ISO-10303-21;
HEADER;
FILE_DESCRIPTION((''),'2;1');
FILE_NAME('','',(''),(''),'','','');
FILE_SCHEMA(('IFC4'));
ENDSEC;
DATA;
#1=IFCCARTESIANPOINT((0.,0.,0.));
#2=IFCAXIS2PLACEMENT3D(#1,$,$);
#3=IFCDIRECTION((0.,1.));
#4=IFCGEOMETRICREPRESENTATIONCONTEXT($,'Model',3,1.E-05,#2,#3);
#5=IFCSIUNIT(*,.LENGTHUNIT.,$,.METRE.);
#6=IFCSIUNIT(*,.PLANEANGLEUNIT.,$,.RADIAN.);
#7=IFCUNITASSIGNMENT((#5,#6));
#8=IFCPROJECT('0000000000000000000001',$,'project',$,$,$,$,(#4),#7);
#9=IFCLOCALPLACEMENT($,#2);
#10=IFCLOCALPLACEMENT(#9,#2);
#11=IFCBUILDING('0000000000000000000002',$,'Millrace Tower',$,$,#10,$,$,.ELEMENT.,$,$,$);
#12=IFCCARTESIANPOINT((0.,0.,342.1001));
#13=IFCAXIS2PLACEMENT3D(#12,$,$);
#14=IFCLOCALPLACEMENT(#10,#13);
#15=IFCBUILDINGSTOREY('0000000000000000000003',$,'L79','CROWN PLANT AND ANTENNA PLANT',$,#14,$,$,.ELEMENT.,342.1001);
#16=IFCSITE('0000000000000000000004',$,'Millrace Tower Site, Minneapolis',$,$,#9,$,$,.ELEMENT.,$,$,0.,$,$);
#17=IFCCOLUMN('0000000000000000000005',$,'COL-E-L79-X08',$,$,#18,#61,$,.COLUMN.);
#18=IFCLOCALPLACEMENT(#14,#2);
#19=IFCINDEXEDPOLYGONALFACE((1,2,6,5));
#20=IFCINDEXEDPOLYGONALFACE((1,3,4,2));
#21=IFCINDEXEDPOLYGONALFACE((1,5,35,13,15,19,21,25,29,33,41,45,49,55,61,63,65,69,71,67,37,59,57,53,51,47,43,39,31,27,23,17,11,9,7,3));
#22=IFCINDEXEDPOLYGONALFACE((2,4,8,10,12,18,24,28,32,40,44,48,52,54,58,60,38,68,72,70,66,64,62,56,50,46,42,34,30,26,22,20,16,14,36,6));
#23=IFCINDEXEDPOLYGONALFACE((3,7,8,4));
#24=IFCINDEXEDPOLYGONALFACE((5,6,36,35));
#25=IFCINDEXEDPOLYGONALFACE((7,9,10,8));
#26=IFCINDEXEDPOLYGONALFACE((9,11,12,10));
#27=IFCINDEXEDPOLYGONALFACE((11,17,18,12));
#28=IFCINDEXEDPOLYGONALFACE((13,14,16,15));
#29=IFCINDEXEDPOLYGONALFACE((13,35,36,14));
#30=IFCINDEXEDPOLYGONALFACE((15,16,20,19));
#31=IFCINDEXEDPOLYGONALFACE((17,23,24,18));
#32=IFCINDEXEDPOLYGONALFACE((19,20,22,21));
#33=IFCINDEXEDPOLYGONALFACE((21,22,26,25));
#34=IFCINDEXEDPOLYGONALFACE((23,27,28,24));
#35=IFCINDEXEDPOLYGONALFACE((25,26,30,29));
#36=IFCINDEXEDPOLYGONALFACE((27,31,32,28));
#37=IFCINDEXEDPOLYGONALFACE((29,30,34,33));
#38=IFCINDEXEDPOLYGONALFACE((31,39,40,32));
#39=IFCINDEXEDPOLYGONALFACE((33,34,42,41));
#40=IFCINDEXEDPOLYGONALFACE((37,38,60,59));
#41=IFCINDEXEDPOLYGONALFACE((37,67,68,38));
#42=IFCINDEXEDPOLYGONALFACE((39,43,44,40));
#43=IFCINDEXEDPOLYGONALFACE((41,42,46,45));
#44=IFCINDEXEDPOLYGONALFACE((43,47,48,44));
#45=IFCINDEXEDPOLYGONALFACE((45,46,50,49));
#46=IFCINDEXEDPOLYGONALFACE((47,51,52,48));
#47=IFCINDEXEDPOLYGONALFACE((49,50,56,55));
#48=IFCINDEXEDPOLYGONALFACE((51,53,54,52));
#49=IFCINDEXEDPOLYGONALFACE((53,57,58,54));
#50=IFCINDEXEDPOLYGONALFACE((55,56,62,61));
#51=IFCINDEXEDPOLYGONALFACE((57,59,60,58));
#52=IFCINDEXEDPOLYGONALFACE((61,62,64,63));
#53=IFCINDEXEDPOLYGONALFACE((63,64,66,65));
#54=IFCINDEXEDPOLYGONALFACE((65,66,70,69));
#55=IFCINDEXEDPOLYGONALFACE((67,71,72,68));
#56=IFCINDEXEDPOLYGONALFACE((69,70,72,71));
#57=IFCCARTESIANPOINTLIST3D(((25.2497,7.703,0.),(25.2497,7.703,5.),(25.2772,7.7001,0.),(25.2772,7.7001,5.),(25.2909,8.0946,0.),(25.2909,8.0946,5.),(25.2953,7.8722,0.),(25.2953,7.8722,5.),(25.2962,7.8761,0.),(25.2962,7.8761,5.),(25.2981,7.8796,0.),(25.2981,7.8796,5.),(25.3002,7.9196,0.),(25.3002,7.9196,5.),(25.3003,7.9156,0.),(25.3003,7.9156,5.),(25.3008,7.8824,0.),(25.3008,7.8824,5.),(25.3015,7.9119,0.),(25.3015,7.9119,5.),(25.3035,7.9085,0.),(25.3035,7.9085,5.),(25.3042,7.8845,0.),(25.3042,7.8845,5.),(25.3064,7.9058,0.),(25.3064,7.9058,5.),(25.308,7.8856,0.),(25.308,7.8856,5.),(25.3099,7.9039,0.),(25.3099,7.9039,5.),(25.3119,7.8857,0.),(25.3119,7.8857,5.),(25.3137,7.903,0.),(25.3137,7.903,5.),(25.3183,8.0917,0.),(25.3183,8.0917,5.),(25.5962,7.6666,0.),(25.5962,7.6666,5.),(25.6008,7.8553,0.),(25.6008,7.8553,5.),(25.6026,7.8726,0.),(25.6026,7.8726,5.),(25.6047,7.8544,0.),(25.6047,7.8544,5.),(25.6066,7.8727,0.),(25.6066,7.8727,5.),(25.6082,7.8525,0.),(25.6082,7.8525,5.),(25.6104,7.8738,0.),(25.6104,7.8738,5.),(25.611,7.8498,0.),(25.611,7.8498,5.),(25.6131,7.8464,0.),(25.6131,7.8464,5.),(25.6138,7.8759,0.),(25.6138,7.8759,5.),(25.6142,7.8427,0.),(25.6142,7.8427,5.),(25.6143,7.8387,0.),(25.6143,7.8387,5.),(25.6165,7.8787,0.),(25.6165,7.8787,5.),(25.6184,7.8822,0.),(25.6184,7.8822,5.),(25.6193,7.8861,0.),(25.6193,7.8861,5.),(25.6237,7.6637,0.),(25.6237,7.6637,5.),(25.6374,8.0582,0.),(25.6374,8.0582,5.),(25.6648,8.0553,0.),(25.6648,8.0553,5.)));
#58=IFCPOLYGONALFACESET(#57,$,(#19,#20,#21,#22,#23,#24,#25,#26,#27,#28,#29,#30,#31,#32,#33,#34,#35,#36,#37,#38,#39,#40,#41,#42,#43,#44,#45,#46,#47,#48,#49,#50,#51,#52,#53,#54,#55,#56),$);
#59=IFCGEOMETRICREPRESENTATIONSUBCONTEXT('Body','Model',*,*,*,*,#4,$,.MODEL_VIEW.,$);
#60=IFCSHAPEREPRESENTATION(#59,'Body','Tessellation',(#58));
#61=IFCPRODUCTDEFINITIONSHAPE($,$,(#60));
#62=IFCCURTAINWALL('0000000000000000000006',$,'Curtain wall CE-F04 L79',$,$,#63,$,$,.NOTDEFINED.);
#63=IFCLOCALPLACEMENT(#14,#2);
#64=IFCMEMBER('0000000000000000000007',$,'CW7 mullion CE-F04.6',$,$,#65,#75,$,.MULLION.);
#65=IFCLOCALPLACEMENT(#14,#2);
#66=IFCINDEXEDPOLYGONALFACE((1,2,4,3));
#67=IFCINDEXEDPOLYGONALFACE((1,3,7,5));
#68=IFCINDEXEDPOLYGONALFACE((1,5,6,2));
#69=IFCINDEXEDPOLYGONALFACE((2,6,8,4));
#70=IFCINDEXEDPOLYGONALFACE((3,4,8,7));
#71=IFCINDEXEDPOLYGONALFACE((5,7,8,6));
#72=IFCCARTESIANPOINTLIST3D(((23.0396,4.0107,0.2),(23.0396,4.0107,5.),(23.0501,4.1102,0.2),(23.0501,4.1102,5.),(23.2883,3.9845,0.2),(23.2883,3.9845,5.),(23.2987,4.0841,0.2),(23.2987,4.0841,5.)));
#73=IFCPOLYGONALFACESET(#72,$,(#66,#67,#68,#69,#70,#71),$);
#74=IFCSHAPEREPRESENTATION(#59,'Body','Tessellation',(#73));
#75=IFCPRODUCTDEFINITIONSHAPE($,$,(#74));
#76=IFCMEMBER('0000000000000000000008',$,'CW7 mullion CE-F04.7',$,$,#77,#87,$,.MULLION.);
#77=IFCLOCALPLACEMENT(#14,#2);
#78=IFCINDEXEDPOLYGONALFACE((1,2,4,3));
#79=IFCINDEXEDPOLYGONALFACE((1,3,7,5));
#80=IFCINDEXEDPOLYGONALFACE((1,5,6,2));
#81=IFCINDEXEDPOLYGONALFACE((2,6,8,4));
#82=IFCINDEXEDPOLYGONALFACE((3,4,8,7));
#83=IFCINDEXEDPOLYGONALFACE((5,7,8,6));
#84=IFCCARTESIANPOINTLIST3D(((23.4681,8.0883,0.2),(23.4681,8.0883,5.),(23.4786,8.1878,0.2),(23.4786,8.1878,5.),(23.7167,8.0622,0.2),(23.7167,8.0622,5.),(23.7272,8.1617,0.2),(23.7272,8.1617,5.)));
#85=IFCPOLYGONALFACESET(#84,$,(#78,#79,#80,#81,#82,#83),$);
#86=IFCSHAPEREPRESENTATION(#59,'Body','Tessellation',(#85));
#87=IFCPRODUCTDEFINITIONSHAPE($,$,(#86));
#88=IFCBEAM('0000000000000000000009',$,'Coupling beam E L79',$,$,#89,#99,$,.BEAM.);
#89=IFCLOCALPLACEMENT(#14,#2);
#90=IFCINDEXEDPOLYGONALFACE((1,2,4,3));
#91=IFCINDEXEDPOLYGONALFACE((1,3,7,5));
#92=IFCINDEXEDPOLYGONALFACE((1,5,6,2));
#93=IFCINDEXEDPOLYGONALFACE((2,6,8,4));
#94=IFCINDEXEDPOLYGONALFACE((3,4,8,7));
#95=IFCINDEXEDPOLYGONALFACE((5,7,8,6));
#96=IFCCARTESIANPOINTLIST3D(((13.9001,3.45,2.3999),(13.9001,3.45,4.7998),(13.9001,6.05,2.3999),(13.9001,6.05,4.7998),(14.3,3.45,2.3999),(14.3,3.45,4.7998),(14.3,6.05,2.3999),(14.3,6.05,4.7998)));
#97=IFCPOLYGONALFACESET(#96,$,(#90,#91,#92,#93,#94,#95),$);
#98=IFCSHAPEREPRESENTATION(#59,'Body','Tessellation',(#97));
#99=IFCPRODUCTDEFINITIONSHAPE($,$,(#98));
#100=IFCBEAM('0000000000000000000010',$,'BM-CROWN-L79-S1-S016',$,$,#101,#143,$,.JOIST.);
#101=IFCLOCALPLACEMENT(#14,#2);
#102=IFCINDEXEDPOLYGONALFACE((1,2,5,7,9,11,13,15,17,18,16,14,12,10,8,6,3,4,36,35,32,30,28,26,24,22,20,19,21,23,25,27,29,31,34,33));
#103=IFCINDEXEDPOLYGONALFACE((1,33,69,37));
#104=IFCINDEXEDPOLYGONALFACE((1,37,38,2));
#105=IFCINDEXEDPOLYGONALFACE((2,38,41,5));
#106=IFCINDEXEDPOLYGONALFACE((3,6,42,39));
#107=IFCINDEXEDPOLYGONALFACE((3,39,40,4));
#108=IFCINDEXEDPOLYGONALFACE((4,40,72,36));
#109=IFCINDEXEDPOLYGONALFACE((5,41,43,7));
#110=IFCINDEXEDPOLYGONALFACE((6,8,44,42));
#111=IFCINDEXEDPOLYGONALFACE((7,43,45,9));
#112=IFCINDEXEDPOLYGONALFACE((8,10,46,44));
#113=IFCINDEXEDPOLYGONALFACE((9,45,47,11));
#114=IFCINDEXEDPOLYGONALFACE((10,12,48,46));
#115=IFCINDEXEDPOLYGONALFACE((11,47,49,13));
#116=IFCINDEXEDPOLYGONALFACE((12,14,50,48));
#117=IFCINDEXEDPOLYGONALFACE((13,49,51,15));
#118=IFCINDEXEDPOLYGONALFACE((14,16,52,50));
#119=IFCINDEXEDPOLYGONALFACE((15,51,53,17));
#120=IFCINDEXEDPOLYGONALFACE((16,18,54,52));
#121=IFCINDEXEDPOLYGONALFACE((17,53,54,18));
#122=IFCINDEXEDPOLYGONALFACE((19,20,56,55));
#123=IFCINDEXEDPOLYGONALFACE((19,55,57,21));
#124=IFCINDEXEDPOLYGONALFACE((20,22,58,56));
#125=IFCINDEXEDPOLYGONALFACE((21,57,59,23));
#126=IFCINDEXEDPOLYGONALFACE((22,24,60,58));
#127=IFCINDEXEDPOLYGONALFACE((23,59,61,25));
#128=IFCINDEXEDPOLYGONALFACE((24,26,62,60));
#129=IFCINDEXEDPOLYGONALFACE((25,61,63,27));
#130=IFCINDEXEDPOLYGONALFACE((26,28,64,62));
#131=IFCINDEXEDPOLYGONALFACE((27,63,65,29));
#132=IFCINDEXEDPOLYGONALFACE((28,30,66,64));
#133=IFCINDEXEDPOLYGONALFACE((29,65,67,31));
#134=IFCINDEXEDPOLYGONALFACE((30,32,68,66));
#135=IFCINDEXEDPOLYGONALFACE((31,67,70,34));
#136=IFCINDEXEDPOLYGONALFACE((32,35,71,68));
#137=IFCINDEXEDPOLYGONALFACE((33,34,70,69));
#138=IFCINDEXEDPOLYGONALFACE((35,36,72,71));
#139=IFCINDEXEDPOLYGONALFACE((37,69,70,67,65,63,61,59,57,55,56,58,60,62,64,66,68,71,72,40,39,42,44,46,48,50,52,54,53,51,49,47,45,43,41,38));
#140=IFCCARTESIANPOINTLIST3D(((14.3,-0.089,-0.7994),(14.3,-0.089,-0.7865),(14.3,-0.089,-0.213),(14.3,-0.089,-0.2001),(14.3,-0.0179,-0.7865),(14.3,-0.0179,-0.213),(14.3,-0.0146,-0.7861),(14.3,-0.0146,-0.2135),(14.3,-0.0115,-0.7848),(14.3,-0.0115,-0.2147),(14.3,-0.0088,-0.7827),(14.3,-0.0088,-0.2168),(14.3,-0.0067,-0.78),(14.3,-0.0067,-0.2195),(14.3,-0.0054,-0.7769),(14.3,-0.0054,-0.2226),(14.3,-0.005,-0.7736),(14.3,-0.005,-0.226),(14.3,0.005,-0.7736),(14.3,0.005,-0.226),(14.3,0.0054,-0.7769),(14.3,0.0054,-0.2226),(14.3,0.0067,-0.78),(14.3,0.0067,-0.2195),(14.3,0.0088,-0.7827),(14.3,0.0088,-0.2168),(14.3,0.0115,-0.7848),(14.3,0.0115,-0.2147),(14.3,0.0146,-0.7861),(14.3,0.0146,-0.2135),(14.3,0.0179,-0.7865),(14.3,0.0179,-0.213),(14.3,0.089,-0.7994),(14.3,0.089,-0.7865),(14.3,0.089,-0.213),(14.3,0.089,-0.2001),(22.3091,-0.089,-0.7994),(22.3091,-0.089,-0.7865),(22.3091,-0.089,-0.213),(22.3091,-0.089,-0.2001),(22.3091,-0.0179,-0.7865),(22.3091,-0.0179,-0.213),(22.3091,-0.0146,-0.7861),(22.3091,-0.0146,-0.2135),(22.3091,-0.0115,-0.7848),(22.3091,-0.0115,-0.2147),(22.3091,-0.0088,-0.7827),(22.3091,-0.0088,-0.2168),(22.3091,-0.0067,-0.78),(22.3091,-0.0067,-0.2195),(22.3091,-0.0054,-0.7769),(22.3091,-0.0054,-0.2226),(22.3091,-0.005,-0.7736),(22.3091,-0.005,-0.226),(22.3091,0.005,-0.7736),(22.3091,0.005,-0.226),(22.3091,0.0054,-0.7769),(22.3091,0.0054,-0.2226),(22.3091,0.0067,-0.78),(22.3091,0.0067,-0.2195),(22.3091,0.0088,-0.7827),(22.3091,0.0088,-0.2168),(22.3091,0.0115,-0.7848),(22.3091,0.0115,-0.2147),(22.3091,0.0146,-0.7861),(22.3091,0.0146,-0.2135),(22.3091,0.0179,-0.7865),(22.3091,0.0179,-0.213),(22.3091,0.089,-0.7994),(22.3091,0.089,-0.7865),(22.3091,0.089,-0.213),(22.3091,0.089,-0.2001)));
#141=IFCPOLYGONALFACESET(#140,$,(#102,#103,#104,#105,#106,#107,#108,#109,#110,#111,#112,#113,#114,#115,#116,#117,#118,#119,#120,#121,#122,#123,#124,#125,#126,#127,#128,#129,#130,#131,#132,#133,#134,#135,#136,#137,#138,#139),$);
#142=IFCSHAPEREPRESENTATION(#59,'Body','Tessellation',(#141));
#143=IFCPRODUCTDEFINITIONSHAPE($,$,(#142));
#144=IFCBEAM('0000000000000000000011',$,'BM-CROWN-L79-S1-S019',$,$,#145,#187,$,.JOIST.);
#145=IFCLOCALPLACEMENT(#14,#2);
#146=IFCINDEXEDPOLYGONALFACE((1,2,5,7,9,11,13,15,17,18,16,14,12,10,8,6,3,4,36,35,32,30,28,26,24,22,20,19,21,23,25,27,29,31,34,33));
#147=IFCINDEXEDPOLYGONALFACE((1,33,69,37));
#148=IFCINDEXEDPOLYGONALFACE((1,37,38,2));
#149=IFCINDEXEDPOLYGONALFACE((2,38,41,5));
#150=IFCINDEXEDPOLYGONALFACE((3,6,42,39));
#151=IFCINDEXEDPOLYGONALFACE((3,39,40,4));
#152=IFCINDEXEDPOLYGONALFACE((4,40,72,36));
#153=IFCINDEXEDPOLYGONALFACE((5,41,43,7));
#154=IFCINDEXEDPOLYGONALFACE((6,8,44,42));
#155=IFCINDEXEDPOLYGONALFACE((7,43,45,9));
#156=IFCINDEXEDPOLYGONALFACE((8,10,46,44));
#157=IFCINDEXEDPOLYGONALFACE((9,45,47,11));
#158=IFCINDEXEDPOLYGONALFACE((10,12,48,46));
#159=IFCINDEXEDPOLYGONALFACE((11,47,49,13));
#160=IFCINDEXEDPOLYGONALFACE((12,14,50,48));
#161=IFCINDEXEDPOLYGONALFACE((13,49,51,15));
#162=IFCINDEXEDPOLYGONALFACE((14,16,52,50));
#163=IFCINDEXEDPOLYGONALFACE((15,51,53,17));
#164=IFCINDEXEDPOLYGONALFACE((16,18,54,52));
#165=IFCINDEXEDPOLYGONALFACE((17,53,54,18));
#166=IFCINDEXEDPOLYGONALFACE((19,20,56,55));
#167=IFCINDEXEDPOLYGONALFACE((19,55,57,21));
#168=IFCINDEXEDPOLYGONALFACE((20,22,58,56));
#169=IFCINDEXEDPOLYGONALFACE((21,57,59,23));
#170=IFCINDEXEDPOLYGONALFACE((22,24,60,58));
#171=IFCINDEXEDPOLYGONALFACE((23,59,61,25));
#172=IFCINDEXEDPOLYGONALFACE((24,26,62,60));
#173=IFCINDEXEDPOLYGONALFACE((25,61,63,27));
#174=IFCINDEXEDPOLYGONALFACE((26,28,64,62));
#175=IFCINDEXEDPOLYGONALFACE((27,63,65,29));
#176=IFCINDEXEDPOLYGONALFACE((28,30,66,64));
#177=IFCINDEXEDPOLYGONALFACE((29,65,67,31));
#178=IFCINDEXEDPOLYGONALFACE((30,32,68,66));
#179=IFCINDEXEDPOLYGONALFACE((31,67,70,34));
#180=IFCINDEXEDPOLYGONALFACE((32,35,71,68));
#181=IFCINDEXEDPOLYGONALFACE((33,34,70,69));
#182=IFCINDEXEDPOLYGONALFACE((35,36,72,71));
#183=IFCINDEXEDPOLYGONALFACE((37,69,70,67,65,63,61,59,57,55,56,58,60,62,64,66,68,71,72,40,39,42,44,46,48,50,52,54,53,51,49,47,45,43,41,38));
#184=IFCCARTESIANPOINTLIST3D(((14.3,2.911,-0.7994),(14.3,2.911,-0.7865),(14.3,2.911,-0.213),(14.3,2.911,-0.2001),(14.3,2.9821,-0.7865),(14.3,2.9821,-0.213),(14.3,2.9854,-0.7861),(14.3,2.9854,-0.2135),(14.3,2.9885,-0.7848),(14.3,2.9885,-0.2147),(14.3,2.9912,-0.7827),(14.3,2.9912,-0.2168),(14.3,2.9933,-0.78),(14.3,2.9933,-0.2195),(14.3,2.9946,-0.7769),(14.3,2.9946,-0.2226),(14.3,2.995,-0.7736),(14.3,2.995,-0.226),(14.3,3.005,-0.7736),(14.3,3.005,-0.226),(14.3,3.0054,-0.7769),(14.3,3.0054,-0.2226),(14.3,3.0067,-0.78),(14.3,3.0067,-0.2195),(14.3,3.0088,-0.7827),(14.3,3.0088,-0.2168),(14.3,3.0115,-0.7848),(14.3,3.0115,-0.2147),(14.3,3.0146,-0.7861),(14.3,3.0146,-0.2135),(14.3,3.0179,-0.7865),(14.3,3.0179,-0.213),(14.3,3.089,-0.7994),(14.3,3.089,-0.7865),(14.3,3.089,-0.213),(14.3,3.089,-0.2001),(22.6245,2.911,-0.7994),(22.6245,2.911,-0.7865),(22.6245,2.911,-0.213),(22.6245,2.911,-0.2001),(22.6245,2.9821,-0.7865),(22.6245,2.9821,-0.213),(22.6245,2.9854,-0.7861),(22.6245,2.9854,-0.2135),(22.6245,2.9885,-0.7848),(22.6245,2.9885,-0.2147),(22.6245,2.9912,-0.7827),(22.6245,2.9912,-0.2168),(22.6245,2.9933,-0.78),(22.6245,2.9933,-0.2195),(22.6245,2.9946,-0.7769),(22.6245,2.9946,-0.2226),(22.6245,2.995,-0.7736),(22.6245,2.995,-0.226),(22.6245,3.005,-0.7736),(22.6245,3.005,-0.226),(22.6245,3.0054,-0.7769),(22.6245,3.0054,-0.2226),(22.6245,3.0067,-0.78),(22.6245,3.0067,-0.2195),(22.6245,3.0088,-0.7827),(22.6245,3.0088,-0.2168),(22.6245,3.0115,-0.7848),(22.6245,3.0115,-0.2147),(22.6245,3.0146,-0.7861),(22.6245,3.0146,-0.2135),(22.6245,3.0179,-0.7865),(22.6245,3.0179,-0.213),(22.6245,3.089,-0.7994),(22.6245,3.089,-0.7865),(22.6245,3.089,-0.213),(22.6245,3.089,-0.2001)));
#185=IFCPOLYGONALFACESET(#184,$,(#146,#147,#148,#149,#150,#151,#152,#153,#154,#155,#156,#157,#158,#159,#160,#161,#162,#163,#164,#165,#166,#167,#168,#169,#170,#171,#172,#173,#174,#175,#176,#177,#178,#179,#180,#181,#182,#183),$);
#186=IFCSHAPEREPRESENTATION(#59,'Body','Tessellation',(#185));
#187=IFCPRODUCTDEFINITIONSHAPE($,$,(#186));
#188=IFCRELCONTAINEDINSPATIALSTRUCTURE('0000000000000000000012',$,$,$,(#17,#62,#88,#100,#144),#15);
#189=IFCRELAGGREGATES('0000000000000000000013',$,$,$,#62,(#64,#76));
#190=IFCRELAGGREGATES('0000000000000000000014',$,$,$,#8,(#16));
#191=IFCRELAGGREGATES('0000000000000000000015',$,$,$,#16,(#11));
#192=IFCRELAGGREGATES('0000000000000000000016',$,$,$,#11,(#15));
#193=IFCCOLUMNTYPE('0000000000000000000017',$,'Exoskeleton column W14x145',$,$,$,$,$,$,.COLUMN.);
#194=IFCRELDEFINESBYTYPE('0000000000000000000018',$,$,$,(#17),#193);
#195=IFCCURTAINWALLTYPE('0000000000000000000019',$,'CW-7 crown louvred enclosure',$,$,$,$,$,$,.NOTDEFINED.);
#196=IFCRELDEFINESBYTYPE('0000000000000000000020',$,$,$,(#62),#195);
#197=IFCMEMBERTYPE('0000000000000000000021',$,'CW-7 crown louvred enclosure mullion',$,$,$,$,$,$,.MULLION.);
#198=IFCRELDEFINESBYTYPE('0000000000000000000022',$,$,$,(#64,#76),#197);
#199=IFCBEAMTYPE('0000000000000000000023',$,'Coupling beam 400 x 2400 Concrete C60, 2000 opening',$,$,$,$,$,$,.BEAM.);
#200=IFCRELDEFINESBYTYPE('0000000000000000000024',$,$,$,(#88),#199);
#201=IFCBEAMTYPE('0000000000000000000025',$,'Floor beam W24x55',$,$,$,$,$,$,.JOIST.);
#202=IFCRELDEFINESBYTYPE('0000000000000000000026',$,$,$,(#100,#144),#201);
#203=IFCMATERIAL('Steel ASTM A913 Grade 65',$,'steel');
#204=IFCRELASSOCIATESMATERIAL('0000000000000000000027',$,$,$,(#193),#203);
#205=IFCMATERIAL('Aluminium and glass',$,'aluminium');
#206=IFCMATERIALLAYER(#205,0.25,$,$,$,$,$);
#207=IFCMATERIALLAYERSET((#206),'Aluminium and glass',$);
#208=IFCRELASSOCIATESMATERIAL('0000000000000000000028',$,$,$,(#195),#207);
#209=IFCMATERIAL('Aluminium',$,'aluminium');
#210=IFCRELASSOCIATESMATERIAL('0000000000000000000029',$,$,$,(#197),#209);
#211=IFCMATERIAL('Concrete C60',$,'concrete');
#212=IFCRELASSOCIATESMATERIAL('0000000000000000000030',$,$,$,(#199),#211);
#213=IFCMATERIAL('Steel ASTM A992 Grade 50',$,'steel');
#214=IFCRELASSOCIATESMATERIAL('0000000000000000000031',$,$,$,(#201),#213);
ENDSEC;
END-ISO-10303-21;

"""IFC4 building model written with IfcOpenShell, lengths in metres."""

from ifc_helpers import new_model, si_unit, direction, frame, origin, origin_2d, place, context, subcontext, project, spatial, rectangle, i_section, extrude, material, layer, layer_set, material_profile, profile_set, type_object, element, aggregate, save


model = new_model("IFC4")

# Units and contexts
model_context = context("Model", 3, precision=1e-05, world=origin(), true_north=direction((0.0, 1.0)))
body_context = subcontext(model_context, "Body", "Model", "MODEL_VIEW")
ifc_project = project(units=[si_unit("LENGTHUNIT", "METRE"), si_unit("PLANEANGLEUNIT", "RADIAN")], contexts=[model_context])

# Site, building, storey
site_placement = place(None, origin())
site = spatial("IfcSite", under=ifc_project, at=site_placement, Name="Millrace Tower Site, Minneapolis", CompositionType="ELEMENT", RefElevation=0.0)
building_placement = place(site_placement, origin())
building = spatial("IfcBuilding", under=site, at=building_placement, Name="Millrace Tower", CompositionType="ELEMENT")
storey_placement = place(building_placement, frame((0.0, 0.0, 342.1001)))
storey = spatial("IfcBuildingStorey", under=building, at=storey_placement, Name="L79", Description="CROWN PLANT AND ANTENNA PLANT", CompositionType="ELEMENT", Elevation=342.1001)

# Column
ifc_material_1 = material(Name="Steel ASTM A913 Grade 65", Category="steel")
ifc_material_profile_1 = material_profile(ifc_material_1, i_section(OverallWidth=0.3938, OverallDepth=0.376, WebThickness=0.0173, FlangeThickness=0.0276, FilletRadius=0.0151, at=origin_2d()))
ifc_profile_set_1 = profile_set([ifc_material_profile_1], Name="Steel ASTM A913 Grade 65")
column_type = type_object("IfcColumnType", Name="Exoskeleton column W14x145", PredefinedType="COLUMN", material=ifc_profile_set_1)
column_placement = place(storey_placement, frame((25.4573, 7.8792, 0.0), z_axis=(0.0, 0.0, 1.0), x_axis=(0.104528, 0.994522, 0.0)))
element("IfcColumn", 1, at=column_placement, inside=storey, type_object=column_type, Name="COL-E-L79-X08", PredefinedType="COLUMN", context=body_context, shape_type="SweptSolid", body=[
    extrude(i_section(OverallWidth=0.3938, OverallDepth=0.376, WebThickness=0.0173, FlangeThickness=0.0276, FilletRadius=0.0151, at=origin_2d()), origin(), (0.0, 0.0, 1.0), 5.0),
])

# Curtain wall, members
ifc_material_2 = material(Name="Aluminium and glass", Category="aluminium")
ifc_layer_1 = layer(ifc_material_2, 0.25)
ifc_layer_set_1 = layer_set([ifc_layer_1], Name="Aluminium and glass")
curtain_wall_type = type_object("IfcCurtainWallType", Name="CW-7 crown louvred enclosure", PredefinedType="NOTDEFINED", material=ifc_layer_set_1)
curtain_wall_placement = place(storey_placement, origin())
curtain_wall = element("IfcCurtainWall", 2, at=curtain_wall_placement, inside=storey, type_object=curtain_wall_type, Name="Curtain wall CE-F04 L79", PredefinedType="NOTDEFINED")
ifc_material_3 = material(Name="Aluminium", Category="aluminium")
ifc_material_profile_2 = material_profile(ifc_material_3, rectangle(XDim=0.1001, YDim=0.25, at=origin_2d()))
ifc_profile_set_2 = profile_set([ifc_material_profile_2], Name="Aluminium")
member_type = type_object("IfcMemberType", Name="CW-7 crown louvred enclosure mullion", PredefinedType="MULLION", material=ifc_profile_set_2)
member_1_placement = place(storey_placement, frame((23.1692, 4.0474, 0.2), z_axis=(0.0, 0.0, 1.0), x_axis=(0.104528, 0.994522, 0.0)))
member_1 = element("IfcMember", 3, at=member_1_placement, type_object=member_type, Name="CW7 mullion CE-F04.6", PredefinedType="MULLION", context=body_context, shape_type="SweptSolid", body=[
    extrude(rectangle(XDim=0.1001, YDim=0.25, at=origin_2d()), origin(), (0.0, 0.0, 1.0), 4.8),
])
member_2_placement = place(storey_placement, frame((23.5977, 8.125, 0.2), z_axis=(0.0, 0.0, 1.0), x_axis=(0.104528, 0.994522, 0.0)))
member_2 = element("IfcMember", 4, at=member_2_placement, type_object=member_type, Name="CW7 mullion CE-F04.7", PredefinedType="MULLION", context=body_context, shape_type="SweptSolid", body=[
    extrude(rectangle(XDim=0.1001, YDim=0.25, at=origin_2d()), origin(), (0.0, 0.0, 1.0), 4.8),
])
aggregate(curtain_wall, [member_1, member_2])

# Beams
ifc_material_4 = material(Name="Concrete C60", Category="concrete")
ifc_material_profile_3 = material_profile(ifc_material_4, rectangle(XDim=0.3999, YDim=2.3999, at=origin_2d()))
ifc_profile_set_3 = profile_set([ifc_material_profile_3], Name="Concrete C60")
beam_type_1 = type_object("IfcBeamType", Name="Coupling beam 400 x 2400 Concrete C60, 2000 opening", PredefinedType="BEAM", material=ifc_profile_set_3)
beam_1_placement = place(storey_placement, frame((14.1001, 6.05, 3.5999), z_axis=(0.0, -1.0, 0.0), x_axis=(1.0, 0.0, 0.0)))
element("IfcBeam", 5, at=beam_1_placement, inside=storey, type_object=beam_type_1, Name="Coupling beam E L79", PredefinedType="BEAM", context=body_context, shape_type="SweptSolid", body=[
    extrude(rectangle(XDim=0.3999, YDim=2.3999, at=origin_2d()), origin(), (0.0, 0.0, 1.0), 2.6001),
])
ifc_material_5 = material(Name="Steel ASTM A992 Grade 50", Category="steel")
ifc_material_profile_4 = material_profile(ifc_material_5, i_section(OverallWidth=0.178, OverallDepth=0.5994, WebThickness=0.01, FlangeThickness=0.0129, FilletRadius=0.0129, at=origin_2d()))
ifc_profile_set_4 = profile_set([ifc_material_profile_4], Name="Steel ASTM A992 Grade 50")
beam_type_2 = type_object("IfcBeamType", Name="Floor beam W24x55", PredefinedType="JOIST", material=ifc_profile_set_4)
beam_2_placement = place(storey_placement, frame((14.3, 0.0, -0.4998), z_axis=(1.0, 0.0, 0.0), x_axis=(0.0, 1.0, 0.0)))
element("IfcBeam", 6, at=beam_2_placement, inside=storey, type_object=beam_type_2, Name="BM-CROWN-L79-S1-S016", PredefinedType="JOIST", context=body_context, shape_type="SweptSolid", body=[
    extrude(i_section(OverallWidth=0.178, OverallDepth=0.5994, WebThickness=0.01, FlangeThickness=0.0129, FilletRadius=0.0129, at=origin_2d()), origin(), (0.0, 0.0, 1.0), 8.009),
])
beam_3_placement = place(storey_placement, frame((14.3, 3.0, -0.4998), z_axis=(1.0, 0.0, 0.0), x_axis=(0.0, 1.0, 0.0)))
element("IfcBeam", 7, at=beam_3_placement, inside=storey, type_object=beam_type_2, Name="BM-CROWN-L79-S1-S019", PredefinedType="JOIST", context=body_context, shape_type="SweptSolid", body=[
    extrude(i_section(OverallWidth=0.178, OverallDepth=0.5994, WebThickness=0.01, FlangeThickness=0.0129, FilletRadius=0.0129, at=origin_2d()), origin(), (0.0, 0.0, 1.0), 8.3245),
])

save(model, "model.ifc")
